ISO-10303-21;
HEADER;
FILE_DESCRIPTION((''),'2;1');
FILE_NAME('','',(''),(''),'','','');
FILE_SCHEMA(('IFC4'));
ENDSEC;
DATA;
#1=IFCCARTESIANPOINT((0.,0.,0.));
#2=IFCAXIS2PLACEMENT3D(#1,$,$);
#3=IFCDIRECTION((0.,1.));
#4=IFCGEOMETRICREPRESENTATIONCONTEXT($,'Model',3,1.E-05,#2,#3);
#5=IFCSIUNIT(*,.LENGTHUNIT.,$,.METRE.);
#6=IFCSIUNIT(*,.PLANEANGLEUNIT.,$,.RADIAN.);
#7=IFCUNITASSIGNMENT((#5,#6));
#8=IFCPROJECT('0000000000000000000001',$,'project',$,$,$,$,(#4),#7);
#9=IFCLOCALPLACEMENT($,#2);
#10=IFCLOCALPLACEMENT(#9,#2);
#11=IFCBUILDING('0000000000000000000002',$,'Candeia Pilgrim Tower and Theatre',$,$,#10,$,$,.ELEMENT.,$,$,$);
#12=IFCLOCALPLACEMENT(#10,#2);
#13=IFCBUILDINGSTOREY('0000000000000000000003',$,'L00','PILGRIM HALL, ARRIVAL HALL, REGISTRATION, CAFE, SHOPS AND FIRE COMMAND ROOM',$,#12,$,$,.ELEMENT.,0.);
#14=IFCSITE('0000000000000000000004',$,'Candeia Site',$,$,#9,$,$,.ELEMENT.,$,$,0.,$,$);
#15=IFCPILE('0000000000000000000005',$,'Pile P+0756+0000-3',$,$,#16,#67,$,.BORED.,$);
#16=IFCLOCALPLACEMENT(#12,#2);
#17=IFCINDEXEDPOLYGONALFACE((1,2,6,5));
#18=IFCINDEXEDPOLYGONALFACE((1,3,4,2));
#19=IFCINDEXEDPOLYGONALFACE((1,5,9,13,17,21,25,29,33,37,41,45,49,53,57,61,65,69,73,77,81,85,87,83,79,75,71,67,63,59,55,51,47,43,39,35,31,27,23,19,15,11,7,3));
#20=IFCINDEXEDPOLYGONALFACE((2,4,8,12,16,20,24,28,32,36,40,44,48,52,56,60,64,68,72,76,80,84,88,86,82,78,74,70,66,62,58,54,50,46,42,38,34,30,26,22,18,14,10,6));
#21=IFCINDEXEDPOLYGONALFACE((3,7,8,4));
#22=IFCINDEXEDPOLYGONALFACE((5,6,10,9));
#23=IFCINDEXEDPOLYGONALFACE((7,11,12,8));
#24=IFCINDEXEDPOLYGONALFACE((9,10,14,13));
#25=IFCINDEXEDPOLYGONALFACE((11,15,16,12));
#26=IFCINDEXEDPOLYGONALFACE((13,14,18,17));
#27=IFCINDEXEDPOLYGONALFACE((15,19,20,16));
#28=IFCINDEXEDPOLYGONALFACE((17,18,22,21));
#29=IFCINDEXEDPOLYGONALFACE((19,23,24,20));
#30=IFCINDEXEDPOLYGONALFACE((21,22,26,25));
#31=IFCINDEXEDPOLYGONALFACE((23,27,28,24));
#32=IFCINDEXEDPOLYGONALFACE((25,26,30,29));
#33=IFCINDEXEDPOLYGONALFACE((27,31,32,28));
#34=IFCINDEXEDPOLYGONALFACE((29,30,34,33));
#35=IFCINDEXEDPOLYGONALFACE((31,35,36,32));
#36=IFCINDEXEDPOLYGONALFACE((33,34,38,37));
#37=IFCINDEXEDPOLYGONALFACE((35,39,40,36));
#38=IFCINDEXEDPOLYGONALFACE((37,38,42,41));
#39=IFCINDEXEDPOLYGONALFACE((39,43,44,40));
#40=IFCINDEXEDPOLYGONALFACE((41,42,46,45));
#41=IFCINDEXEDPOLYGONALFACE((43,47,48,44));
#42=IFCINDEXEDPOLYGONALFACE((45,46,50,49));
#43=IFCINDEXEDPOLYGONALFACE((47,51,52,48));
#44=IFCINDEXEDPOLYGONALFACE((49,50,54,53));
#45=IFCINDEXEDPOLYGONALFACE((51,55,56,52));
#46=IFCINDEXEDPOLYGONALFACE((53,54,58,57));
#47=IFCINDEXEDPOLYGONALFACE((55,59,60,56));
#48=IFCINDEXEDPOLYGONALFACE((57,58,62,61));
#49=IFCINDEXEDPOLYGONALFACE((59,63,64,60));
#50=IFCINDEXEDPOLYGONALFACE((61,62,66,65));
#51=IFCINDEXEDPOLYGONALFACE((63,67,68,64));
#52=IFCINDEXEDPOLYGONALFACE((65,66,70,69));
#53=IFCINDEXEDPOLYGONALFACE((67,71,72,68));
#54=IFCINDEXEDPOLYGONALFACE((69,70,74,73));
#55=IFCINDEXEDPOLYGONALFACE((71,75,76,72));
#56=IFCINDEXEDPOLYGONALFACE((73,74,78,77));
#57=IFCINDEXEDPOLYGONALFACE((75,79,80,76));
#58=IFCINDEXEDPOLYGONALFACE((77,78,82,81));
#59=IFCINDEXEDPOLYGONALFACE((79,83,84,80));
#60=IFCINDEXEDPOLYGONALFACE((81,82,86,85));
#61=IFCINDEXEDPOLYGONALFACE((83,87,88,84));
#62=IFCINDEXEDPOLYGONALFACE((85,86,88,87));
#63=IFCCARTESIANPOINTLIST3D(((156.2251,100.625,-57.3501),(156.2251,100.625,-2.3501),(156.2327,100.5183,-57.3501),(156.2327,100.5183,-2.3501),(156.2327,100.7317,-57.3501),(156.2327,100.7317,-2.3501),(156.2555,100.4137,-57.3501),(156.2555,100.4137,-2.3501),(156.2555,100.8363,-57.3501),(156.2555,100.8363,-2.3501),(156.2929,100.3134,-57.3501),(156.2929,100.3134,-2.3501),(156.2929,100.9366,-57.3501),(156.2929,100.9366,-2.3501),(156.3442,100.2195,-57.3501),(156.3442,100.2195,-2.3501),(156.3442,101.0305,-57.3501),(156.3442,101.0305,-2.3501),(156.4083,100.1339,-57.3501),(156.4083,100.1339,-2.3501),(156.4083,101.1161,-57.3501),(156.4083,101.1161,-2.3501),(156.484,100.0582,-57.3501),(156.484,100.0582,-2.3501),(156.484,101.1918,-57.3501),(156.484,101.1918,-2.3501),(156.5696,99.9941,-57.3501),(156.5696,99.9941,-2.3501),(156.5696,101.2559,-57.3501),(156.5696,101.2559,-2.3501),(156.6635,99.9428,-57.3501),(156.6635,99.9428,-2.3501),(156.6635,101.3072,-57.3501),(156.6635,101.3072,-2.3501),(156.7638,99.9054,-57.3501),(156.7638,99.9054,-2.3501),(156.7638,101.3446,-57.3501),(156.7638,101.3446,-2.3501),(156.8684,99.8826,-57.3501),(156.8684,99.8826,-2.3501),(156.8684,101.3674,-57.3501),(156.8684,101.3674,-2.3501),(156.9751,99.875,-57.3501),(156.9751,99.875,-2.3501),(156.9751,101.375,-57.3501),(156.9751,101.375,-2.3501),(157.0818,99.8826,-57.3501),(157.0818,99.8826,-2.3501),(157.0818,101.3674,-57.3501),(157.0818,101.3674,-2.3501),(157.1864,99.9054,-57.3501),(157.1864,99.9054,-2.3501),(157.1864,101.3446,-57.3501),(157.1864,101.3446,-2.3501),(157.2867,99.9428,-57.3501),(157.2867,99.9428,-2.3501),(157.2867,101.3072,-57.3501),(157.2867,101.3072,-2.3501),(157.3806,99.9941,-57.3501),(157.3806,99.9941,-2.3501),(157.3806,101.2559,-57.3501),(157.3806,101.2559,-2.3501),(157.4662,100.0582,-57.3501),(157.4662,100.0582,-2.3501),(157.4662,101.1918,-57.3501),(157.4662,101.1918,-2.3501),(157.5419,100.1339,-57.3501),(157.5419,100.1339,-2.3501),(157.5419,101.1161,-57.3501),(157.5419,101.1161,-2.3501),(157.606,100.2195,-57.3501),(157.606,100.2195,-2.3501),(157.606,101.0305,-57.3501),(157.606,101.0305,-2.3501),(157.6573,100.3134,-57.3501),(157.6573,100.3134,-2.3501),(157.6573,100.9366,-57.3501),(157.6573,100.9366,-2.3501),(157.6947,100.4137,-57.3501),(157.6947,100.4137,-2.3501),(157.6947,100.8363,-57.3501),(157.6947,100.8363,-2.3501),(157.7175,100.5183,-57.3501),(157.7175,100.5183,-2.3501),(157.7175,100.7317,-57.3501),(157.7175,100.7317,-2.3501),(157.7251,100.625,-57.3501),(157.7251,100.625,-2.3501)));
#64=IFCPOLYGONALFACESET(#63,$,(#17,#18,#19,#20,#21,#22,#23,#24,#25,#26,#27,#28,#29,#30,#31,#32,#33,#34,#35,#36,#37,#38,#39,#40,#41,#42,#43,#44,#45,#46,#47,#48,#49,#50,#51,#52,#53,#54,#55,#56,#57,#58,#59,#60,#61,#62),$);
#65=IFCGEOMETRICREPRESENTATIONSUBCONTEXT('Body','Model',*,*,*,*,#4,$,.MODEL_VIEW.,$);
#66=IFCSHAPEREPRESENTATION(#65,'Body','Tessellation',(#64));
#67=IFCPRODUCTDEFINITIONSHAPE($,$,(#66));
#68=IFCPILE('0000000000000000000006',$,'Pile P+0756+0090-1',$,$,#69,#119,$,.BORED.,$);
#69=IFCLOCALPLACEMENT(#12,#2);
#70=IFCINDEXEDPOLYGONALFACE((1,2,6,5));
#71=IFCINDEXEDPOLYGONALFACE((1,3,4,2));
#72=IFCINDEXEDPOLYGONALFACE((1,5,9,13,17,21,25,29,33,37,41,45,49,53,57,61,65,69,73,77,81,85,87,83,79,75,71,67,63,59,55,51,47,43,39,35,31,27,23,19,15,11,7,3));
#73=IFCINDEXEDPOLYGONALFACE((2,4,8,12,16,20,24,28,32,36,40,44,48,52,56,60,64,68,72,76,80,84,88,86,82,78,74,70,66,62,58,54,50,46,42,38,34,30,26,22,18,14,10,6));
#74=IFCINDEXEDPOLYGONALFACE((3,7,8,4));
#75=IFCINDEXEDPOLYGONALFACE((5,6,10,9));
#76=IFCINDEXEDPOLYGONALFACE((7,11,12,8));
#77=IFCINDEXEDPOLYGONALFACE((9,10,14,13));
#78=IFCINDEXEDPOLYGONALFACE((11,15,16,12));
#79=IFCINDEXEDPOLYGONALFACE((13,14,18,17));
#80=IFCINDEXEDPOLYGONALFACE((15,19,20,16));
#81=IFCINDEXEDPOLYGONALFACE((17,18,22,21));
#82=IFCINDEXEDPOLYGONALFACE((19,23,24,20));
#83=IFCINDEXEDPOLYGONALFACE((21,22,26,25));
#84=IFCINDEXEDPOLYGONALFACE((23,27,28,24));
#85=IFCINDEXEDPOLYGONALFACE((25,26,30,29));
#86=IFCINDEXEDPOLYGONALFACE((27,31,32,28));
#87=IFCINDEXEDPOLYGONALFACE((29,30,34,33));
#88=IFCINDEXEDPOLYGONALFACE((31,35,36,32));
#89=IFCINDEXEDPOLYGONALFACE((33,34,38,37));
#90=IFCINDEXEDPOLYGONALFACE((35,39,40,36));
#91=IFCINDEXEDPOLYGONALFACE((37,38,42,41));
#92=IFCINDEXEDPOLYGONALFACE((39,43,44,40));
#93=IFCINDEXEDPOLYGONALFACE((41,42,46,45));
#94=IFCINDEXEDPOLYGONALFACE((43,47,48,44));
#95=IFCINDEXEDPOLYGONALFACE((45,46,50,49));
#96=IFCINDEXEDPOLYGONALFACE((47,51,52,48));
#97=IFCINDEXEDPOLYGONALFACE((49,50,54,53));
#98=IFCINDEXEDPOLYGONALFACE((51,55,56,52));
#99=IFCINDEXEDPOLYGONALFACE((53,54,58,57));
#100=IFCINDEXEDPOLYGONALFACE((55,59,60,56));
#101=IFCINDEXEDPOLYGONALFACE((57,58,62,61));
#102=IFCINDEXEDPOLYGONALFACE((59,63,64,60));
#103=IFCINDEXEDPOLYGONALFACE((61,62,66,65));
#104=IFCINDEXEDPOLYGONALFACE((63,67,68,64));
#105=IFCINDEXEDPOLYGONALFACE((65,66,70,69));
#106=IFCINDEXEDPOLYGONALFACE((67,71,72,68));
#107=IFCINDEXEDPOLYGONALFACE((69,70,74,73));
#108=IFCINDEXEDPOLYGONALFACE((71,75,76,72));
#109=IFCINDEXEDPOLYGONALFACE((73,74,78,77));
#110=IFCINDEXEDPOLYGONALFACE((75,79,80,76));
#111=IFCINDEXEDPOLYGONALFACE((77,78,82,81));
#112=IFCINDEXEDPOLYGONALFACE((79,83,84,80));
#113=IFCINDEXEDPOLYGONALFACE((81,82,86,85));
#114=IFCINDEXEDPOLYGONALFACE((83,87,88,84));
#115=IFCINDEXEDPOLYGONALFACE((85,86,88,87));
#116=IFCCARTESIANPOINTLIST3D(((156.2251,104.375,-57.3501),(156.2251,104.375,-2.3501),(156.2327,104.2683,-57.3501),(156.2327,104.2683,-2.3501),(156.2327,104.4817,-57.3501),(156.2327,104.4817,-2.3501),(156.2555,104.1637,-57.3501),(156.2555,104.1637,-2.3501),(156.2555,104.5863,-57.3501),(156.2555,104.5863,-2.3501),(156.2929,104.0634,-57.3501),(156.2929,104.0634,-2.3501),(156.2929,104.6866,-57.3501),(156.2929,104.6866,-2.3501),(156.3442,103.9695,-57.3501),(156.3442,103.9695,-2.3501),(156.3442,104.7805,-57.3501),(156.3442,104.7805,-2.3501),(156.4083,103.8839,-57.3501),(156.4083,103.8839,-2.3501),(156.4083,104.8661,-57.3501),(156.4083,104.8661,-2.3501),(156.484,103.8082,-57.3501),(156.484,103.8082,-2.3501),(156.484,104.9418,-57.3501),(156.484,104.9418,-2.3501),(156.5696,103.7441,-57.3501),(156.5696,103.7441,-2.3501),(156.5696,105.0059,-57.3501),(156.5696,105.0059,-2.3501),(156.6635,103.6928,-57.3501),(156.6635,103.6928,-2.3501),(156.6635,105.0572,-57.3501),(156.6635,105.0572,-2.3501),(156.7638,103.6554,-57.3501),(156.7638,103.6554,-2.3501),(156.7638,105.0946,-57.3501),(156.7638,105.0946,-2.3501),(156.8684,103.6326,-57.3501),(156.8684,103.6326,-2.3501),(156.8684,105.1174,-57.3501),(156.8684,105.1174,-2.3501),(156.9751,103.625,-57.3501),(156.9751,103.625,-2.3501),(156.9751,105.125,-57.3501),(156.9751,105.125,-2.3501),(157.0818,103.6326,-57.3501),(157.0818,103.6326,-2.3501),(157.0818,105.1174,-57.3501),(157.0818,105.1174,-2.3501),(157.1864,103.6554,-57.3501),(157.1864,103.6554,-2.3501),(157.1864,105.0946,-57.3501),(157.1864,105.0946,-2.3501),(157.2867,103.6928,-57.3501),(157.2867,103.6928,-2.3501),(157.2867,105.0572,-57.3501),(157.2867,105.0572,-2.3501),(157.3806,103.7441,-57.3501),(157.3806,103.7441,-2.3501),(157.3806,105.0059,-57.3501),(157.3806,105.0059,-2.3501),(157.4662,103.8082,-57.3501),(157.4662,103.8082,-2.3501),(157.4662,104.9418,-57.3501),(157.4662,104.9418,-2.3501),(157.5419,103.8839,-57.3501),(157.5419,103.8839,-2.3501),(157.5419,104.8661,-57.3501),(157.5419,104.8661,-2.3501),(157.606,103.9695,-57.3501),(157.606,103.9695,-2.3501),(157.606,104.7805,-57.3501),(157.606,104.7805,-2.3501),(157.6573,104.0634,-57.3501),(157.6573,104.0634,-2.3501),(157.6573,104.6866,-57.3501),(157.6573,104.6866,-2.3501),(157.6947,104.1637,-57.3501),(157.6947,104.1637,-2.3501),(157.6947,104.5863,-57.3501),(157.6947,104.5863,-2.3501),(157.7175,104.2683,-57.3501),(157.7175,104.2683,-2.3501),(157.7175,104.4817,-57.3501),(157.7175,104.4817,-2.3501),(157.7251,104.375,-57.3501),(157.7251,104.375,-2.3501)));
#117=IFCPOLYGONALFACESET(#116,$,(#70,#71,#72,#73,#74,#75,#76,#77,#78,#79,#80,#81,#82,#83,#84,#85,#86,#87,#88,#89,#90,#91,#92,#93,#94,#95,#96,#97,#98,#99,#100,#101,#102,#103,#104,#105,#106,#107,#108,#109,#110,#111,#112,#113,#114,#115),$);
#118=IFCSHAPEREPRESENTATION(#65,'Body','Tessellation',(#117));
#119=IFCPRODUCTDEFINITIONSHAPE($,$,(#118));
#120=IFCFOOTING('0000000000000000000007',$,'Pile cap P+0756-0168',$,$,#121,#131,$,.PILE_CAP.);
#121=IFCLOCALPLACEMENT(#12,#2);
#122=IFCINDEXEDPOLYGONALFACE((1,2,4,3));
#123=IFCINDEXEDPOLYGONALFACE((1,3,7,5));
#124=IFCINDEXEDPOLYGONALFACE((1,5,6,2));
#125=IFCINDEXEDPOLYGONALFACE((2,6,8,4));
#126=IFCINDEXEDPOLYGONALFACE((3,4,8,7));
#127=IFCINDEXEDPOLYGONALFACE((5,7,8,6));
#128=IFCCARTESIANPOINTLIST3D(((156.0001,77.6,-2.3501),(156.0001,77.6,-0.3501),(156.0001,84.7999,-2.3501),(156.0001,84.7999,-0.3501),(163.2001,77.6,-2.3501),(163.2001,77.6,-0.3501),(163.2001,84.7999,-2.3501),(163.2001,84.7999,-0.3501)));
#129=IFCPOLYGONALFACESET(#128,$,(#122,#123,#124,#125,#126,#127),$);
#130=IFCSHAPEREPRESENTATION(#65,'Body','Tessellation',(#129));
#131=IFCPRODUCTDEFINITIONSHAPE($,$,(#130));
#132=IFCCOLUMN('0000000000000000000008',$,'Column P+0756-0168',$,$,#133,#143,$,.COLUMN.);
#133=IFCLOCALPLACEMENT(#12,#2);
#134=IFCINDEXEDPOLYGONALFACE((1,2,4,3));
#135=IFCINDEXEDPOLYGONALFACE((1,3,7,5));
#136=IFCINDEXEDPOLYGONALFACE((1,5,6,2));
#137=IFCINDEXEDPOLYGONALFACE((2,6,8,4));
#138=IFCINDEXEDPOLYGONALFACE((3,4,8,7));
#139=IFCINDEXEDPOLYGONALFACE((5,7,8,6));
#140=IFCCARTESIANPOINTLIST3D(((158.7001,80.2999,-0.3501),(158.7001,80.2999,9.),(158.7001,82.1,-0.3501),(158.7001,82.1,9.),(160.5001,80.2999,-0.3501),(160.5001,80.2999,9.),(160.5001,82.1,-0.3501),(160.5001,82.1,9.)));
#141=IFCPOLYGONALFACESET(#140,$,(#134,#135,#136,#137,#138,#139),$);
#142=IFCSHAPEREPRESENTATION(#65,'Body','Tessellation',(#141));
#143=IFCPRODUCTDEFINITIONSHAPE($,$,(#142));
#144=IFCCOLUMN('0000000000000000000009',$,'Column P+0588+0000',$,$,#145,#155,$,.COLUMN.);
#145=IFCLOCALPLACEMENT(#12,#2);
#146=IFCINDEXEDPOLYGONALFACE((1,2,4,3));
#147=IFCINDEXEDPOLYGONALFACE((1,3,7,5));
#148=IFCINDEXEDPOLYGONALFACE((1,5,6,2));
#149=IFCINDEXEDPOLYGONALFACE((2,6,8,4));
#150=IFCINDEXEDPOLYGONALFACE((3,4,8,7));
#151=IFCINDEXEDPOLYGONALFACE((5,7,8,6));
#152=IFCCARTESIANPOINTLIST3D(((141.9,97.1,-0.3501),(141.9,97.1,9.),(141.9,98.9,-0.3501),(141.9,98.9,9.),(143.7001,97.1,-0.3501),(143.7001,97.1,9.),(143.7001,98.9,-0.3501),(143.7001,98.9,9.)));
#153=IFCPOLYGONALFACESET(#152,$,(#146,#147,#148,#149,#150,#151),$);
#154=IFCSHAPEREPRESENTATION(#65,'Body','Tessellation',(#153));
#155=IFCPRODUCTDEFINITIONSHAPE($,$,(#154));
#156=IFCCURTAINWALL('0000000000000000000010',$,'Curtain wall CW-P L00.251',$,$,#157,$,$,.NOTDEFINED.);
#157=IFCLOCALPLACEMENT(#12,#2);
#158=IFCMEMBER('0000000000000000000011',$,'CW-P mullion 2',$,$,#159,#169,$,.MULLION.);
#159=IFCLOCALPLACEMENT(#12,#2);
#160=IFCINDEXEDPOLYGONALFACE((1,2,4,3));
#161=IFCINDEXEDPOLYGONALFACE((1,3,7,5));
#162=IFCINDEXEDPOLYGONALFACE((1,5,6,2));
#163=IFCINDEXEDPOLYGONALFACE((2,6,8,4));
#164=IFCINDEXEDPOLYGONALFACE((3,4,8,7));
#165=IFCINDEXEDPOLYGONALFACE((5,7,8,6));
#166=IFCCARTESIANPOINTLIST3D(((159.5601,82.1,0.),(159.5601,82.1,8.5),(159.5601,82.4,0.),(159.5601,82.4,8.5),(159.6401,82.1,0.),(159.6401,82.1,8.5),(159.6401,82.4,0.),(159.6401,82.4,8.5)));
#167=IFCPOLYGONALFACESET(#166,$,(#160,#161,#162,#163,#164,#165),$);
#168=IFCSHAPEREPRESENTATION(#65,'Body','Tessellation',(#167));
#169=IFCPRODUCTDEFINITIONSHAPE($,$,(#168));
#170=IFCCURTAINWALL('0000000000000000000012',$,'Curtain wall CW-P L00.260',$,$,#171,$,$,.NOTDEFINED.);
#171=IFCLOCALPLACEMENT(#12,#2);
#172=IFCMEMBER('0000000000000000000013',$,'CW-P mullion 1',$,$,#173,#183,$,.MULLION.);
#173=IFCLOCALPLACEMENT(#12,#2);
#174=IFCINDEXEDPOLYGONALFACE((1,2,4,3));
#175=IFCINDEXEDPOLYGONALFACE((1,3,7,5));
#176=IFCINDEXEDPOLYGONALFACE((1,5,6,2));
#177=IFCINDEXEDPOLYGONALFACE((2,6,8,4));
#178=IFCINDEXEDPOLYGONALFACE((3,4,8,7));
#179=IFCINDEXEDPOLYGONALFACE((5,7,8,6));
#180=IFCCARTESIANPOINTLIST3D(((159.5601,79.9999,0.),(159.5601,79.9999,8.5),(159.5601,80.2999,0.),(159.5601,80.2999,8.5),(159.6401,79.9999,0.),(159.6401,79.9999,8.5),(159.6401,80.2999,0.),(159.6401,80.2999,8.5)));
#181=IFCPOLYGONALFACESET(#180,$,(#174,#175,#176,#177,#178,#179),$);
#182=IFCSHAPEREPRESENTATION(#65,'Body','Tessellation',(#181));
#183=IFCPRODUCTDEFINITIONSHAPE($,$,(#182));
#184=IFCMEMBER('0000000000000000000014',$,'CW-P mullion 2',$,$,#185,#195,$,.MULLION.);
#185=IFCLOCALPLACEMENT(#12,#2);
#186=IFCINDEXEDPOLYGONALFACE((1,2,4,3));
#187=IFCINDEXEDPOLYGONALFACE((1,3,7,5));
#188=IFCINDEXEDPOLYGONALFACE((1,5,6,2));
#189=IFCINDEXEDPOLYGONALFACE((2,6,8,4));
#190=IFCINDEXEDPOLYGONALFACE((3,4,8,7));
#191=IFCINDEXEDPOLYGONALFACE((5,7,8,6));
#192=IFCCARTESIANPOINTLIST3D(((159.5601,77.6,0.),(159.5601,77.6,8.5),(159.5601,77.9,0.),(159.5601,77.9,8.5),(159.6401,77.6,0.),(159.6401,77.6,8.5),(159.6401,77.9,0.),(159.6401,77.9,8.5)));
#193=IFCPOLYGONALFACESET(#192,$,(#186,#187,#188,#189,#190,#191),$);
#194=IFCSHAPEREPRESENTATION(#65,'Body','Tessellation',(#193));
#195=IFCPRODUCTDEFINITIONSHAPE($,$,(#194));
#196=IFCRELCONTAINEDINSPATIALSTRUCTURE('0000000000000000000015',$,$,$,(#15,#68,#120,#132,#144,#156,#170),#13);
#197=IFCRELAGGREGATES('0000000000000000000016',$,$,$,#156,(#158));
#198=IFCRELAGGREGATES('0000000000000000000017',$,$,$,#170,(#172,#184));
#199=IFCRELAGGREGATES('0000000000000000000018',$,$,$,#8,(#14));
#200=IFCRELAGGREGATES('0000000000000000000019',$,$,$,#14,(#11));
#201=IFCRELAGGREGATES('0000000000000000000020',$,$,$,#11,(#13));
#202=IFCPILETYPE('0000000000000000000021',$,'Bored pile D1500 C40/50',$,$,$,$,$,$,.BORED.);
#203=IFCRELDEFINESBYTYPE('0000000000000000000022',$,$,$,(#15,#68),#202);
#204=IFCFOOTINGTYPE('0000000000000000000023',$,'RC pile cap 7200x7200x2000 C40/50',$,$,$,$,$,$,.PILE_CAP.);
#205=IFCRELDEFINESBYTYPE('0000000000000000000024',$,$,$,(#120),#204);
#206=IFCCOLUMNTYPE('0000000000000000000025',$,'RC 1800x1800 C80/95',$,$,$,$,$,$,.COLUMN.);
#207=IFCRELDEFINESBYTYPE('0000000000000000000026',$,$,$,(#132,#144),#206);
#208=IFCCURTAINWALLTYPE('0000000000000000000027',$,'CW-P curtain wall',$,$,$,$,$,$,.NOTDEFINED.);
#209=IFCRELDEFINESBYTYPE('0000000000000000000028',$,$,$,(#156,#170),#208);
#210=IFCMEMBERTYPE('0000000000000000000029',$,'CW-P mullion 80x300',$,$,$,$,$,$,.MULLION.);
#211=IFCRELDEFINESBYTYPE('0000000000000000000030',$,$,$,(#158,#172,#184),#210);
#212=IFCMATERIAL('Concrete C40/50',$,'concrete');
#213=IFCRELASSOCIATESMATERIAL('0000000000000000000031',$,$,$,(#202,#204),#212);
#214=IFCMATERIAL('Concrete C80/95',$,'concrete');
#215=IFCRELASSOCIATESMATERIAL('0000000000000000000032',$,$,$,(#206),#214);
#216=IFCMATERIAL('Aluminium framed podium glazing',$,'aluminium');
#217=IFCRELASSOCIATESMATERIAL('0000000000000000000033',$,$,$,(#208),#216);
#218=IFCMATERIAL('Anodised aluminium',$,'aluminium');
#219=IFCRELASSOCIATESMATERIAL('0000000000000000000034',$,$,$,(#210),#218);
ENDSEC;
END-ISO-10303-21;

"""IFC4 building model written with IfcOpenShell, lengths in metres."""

from ifc_helpers import new_model, si_unit, direction, frame, origin, origin_2d, place, context, subcontext, project, spatial, rectangle, circle, extrude, material, material_profile, profile_set, type_object, element, aggregate, save


model = new_model("IFC4")

# Units and contexts
model_context = context("Model", 3, precision=1e-05, world=origin(), true_north=direction((0.0, 1.0)))
body_context = subcontext(model_context, "Body", "Model", "MODEL_VIEW")
ifc_project = project(units=[si_unit("LENGTHUNIT", "METRE"), si_unit("PLANEANGLEUNIT", "RADIAN")], contexts=[model_context])

# Site, building, storey
site_placement = place(None, origin())
site = spatial("IfcSite", under=ifc_project, at=site_placement, Name="Candeia Site", CompositionType="ELEMENT", RefElevation=0.0)
building_placement = place(site_placement, origin())
building = spatial("IfcBuilding", under=site, at=building_placement, Name="Candeia Pilgrim Tower and Theatre", CompositionType="ELEMENT")
storey_placement = place(building_placement, origin())
storey = spatial("IfcBuildingStorey", under=building, at=storey_placement, Name="L00", Description="PILGRIM HALL, ARRIVAL HALL, REGISTRATION, CAFE, SHOPS AND FIRE COMMAND ROOM", CompositionType="ELEMENT", Elevation=0.0)

# Piles
ifc_material_1 = material(Name="Concrete C40/50", Category="concrete")
ifc_material_profile_1 = material_profile(ifc_material_1, circle(Radius=0.75, at=origin_2d()))
ifc_profile_set_1 = profile_set([ifc_material_profile_1], Name="Concrete C40/50")
pile_type = type_object("IfcPileType", Name="Bored pile D1500 C40/50", PredefinedType="BORED", material=ifc_profile_set_1)
for number, where, z_axis, x_axis, name in (
    (1, (156.9751, 100.625, -2.3501), (0.0, 0.0, -1.0), (1.0, 0.0, 0.0), "Pile P+0756+0000-3"),
    (2, (156.9751, 104.375, -2.3501), (0.0, 0.0, -1.0), (1.0, 0.0, 0.0), "Pile P+0756+0090-1"),
):
    element("IfcPile", number, at=place(storey_placement, frame(where, z_axis=z_axis, x_axis=x_axis)), inside=storey, type_object=pile_type, Name=name, PredefinedType="BORED", context=body_context, shape_type="SweptSolid", body=[
        extrude(circle(Radius=0.75, at=origin_2d()), origin(), (0.0, 0.0, 1.0), 55.0),
    ])

# Footing
footing_type = type_object("IfcFootingType", Name="RC pile cap 7200x7200x2000 C40/50", PredefinedType="PILE_CAP", material=ifc_material_1)
footing_placement = place(storey_placement, frame((159.6001, 81.2, -2.3501), z_axis=(0.0, 0.0, 1.0), x_axis=(1.0, 0.0, 0.0)))
element("IfcFooting", 3, at=footing_placement, inside=storey, type_object=footing_type, Name="Pile cap P+0756-0168", PredefinedType="PILE_CAP", context=body_context, shape_type="SweptSolid", body=[
    extrude(rectangle(XDim=7.2, YDim=7.2, at=origin_2d()), origin(), (0.0, 0.0, 1.0), 2.0),
])

# Columns
ifc_material_2 = material(Name="Concrete C80/95", Category="concrete")
ifc_material_profile_2 = material_profile(ifc_material_2, rectangle(XDim=1.8, YDim=1.8, at=origin_2d()))
ifc_profile_set_2 = profile_set([ifc_material_profile_2], Name="Concrete C80/95")
column_type = type_object("IfcColumnType", Name="RC 1800x1800 C80/95", PredefinedType="COLUMN", material=ifc_profile_set_2)
for number, where, z_axis, x_axis, name in (
    (4, (159.6001, 81.2, -0.3501), (0.0, 0.0, 1.0), (1.0, 0.0, 0.0), "Column P+0756-0168"),
    (5, (142.8, 98.0, -0.3501), (0.0, 0.0, 1.0), (1.0, 0.0, 0.0), "Column P+0588+0000"),
):
    element("IfcColumn", number, at=place(storey_placement, frame(where, z_axis=z_axis, x_axis=x_axis)), inside=storey, type_object=column_type, Name=name, PredefinedType="COLUMN", context=body_context, shape_type="SweptSolid", body=[
        extrude(rectangle(XDim=1.8, YDim=1.8, at=origin_2d()), origin(), (0.0, 0.0, 1.0), 9.3501),
    ])

# Curtain wall, member
ifc_material_3 = material(Name="Aluminium framed podium glazing", Category="aluminium")
curtain_wall_type = type_object("IfcCurtainWallType", Name="CW-P curtain wall", PredefinedType="NOTDEFINED", material=ifc_material_3)
curtain_wall_1_placement = place(storey_placement, origin())
curtain_wall_1 = element("IfcCurtainWall", 6, at=curtain_wall_1_placement, inside=storey, type_object=curtain_wall_type, Name="Curtain wall CW-P L00.251", PredefinedType="NOTDEFINED")
ifc_material_4 = material(Name="Anodised aluminium", Category="aluminium")
ifc_material_profile_3 = material_profile(ifc_material_4, rectangle(XDim=0.0801, YDim=0.3, at=origin_2d()))
ifc_profile_set_3 = profile_set([ifc_material_profile_3], Name="Anodised aluminium")
member_type_1 = type_object("IfcMemberType", Name="CW-P mullion 80x300", PredefinedType="MULLION", material=ifc_profile_set_3)
member_1_placement = place(storey_placement, frame((159.6001, 82.25, 0.0), z_axis=(0.0, 0.0, 1.0), x_axis=(1.0, 0.0, 0.0)))
member_1 = element("IfcMember", 7, at=member_1_placement, type_object=member_type_1, Name="CW-P mullion 2", PredefinedType="MULLION", context=body_context, shape_type="SweptSolid", body=[
    extrude(rectangle(XDim=0.0801, YDim=0.3, at=origin_2d()), origin(), (0.0, 0.0, 1.0), 8.5),
])

# Curtain wall, members
curtain_wall_2_placement = place(storey_placement, origin())
curtain_wall_2 = element("IfcCurtainWall", 8, at=curtain_wall_2_placement, inside=storey, type_object=curtain_wall_type, Name="Curtain wall CW-P L00.260", PredefinedType="NOTDEFINED")
member_2_placement = place(storey_placement, frame((159.6001, 80.1499, 0.0), z_axis=(0.0, 0.0, 1.0), x_axis=(1.0, 0.0, 0.0)))
member_2 = element("IfcMember", 9, at=member_2_placement, type_object=member_type_1, Name="CW-P mullion 1", PredefinedType="MULLION", context=body_context, shape_type="SweptSolid", body=[
    extrude(rectangle(XDim=0.0801, YDim=0.3, at=origin_2d()), origin(), (0.0, 0.0, 1.0), 8.5),
])
member_3_placement = place(storey_placement, frame((159.6001, 77.75, 0.0), z_axis=(0.0, 0.0, 1.0), x_axis=(1.0, 0.0, 0.0)))
member_3 = element("IfcMember", 10, at=member_3_placement, type_object=member_type_1, Name="CW-P mullion 2", PredefinedType="MULLION", context=body_context, shape_type="SweptSolid", body=[
    extrude(rectangle(XDim=0.0801, YDim=0.3, at=origin_2d()), origin(), (0.0, 0.0, 1.0), 8.5),
])

aggregate(curtain_wall_1, [member_1])
aggregate(curtain_wall_2, [member_2, member_3])

save(model, "model.ifc")
